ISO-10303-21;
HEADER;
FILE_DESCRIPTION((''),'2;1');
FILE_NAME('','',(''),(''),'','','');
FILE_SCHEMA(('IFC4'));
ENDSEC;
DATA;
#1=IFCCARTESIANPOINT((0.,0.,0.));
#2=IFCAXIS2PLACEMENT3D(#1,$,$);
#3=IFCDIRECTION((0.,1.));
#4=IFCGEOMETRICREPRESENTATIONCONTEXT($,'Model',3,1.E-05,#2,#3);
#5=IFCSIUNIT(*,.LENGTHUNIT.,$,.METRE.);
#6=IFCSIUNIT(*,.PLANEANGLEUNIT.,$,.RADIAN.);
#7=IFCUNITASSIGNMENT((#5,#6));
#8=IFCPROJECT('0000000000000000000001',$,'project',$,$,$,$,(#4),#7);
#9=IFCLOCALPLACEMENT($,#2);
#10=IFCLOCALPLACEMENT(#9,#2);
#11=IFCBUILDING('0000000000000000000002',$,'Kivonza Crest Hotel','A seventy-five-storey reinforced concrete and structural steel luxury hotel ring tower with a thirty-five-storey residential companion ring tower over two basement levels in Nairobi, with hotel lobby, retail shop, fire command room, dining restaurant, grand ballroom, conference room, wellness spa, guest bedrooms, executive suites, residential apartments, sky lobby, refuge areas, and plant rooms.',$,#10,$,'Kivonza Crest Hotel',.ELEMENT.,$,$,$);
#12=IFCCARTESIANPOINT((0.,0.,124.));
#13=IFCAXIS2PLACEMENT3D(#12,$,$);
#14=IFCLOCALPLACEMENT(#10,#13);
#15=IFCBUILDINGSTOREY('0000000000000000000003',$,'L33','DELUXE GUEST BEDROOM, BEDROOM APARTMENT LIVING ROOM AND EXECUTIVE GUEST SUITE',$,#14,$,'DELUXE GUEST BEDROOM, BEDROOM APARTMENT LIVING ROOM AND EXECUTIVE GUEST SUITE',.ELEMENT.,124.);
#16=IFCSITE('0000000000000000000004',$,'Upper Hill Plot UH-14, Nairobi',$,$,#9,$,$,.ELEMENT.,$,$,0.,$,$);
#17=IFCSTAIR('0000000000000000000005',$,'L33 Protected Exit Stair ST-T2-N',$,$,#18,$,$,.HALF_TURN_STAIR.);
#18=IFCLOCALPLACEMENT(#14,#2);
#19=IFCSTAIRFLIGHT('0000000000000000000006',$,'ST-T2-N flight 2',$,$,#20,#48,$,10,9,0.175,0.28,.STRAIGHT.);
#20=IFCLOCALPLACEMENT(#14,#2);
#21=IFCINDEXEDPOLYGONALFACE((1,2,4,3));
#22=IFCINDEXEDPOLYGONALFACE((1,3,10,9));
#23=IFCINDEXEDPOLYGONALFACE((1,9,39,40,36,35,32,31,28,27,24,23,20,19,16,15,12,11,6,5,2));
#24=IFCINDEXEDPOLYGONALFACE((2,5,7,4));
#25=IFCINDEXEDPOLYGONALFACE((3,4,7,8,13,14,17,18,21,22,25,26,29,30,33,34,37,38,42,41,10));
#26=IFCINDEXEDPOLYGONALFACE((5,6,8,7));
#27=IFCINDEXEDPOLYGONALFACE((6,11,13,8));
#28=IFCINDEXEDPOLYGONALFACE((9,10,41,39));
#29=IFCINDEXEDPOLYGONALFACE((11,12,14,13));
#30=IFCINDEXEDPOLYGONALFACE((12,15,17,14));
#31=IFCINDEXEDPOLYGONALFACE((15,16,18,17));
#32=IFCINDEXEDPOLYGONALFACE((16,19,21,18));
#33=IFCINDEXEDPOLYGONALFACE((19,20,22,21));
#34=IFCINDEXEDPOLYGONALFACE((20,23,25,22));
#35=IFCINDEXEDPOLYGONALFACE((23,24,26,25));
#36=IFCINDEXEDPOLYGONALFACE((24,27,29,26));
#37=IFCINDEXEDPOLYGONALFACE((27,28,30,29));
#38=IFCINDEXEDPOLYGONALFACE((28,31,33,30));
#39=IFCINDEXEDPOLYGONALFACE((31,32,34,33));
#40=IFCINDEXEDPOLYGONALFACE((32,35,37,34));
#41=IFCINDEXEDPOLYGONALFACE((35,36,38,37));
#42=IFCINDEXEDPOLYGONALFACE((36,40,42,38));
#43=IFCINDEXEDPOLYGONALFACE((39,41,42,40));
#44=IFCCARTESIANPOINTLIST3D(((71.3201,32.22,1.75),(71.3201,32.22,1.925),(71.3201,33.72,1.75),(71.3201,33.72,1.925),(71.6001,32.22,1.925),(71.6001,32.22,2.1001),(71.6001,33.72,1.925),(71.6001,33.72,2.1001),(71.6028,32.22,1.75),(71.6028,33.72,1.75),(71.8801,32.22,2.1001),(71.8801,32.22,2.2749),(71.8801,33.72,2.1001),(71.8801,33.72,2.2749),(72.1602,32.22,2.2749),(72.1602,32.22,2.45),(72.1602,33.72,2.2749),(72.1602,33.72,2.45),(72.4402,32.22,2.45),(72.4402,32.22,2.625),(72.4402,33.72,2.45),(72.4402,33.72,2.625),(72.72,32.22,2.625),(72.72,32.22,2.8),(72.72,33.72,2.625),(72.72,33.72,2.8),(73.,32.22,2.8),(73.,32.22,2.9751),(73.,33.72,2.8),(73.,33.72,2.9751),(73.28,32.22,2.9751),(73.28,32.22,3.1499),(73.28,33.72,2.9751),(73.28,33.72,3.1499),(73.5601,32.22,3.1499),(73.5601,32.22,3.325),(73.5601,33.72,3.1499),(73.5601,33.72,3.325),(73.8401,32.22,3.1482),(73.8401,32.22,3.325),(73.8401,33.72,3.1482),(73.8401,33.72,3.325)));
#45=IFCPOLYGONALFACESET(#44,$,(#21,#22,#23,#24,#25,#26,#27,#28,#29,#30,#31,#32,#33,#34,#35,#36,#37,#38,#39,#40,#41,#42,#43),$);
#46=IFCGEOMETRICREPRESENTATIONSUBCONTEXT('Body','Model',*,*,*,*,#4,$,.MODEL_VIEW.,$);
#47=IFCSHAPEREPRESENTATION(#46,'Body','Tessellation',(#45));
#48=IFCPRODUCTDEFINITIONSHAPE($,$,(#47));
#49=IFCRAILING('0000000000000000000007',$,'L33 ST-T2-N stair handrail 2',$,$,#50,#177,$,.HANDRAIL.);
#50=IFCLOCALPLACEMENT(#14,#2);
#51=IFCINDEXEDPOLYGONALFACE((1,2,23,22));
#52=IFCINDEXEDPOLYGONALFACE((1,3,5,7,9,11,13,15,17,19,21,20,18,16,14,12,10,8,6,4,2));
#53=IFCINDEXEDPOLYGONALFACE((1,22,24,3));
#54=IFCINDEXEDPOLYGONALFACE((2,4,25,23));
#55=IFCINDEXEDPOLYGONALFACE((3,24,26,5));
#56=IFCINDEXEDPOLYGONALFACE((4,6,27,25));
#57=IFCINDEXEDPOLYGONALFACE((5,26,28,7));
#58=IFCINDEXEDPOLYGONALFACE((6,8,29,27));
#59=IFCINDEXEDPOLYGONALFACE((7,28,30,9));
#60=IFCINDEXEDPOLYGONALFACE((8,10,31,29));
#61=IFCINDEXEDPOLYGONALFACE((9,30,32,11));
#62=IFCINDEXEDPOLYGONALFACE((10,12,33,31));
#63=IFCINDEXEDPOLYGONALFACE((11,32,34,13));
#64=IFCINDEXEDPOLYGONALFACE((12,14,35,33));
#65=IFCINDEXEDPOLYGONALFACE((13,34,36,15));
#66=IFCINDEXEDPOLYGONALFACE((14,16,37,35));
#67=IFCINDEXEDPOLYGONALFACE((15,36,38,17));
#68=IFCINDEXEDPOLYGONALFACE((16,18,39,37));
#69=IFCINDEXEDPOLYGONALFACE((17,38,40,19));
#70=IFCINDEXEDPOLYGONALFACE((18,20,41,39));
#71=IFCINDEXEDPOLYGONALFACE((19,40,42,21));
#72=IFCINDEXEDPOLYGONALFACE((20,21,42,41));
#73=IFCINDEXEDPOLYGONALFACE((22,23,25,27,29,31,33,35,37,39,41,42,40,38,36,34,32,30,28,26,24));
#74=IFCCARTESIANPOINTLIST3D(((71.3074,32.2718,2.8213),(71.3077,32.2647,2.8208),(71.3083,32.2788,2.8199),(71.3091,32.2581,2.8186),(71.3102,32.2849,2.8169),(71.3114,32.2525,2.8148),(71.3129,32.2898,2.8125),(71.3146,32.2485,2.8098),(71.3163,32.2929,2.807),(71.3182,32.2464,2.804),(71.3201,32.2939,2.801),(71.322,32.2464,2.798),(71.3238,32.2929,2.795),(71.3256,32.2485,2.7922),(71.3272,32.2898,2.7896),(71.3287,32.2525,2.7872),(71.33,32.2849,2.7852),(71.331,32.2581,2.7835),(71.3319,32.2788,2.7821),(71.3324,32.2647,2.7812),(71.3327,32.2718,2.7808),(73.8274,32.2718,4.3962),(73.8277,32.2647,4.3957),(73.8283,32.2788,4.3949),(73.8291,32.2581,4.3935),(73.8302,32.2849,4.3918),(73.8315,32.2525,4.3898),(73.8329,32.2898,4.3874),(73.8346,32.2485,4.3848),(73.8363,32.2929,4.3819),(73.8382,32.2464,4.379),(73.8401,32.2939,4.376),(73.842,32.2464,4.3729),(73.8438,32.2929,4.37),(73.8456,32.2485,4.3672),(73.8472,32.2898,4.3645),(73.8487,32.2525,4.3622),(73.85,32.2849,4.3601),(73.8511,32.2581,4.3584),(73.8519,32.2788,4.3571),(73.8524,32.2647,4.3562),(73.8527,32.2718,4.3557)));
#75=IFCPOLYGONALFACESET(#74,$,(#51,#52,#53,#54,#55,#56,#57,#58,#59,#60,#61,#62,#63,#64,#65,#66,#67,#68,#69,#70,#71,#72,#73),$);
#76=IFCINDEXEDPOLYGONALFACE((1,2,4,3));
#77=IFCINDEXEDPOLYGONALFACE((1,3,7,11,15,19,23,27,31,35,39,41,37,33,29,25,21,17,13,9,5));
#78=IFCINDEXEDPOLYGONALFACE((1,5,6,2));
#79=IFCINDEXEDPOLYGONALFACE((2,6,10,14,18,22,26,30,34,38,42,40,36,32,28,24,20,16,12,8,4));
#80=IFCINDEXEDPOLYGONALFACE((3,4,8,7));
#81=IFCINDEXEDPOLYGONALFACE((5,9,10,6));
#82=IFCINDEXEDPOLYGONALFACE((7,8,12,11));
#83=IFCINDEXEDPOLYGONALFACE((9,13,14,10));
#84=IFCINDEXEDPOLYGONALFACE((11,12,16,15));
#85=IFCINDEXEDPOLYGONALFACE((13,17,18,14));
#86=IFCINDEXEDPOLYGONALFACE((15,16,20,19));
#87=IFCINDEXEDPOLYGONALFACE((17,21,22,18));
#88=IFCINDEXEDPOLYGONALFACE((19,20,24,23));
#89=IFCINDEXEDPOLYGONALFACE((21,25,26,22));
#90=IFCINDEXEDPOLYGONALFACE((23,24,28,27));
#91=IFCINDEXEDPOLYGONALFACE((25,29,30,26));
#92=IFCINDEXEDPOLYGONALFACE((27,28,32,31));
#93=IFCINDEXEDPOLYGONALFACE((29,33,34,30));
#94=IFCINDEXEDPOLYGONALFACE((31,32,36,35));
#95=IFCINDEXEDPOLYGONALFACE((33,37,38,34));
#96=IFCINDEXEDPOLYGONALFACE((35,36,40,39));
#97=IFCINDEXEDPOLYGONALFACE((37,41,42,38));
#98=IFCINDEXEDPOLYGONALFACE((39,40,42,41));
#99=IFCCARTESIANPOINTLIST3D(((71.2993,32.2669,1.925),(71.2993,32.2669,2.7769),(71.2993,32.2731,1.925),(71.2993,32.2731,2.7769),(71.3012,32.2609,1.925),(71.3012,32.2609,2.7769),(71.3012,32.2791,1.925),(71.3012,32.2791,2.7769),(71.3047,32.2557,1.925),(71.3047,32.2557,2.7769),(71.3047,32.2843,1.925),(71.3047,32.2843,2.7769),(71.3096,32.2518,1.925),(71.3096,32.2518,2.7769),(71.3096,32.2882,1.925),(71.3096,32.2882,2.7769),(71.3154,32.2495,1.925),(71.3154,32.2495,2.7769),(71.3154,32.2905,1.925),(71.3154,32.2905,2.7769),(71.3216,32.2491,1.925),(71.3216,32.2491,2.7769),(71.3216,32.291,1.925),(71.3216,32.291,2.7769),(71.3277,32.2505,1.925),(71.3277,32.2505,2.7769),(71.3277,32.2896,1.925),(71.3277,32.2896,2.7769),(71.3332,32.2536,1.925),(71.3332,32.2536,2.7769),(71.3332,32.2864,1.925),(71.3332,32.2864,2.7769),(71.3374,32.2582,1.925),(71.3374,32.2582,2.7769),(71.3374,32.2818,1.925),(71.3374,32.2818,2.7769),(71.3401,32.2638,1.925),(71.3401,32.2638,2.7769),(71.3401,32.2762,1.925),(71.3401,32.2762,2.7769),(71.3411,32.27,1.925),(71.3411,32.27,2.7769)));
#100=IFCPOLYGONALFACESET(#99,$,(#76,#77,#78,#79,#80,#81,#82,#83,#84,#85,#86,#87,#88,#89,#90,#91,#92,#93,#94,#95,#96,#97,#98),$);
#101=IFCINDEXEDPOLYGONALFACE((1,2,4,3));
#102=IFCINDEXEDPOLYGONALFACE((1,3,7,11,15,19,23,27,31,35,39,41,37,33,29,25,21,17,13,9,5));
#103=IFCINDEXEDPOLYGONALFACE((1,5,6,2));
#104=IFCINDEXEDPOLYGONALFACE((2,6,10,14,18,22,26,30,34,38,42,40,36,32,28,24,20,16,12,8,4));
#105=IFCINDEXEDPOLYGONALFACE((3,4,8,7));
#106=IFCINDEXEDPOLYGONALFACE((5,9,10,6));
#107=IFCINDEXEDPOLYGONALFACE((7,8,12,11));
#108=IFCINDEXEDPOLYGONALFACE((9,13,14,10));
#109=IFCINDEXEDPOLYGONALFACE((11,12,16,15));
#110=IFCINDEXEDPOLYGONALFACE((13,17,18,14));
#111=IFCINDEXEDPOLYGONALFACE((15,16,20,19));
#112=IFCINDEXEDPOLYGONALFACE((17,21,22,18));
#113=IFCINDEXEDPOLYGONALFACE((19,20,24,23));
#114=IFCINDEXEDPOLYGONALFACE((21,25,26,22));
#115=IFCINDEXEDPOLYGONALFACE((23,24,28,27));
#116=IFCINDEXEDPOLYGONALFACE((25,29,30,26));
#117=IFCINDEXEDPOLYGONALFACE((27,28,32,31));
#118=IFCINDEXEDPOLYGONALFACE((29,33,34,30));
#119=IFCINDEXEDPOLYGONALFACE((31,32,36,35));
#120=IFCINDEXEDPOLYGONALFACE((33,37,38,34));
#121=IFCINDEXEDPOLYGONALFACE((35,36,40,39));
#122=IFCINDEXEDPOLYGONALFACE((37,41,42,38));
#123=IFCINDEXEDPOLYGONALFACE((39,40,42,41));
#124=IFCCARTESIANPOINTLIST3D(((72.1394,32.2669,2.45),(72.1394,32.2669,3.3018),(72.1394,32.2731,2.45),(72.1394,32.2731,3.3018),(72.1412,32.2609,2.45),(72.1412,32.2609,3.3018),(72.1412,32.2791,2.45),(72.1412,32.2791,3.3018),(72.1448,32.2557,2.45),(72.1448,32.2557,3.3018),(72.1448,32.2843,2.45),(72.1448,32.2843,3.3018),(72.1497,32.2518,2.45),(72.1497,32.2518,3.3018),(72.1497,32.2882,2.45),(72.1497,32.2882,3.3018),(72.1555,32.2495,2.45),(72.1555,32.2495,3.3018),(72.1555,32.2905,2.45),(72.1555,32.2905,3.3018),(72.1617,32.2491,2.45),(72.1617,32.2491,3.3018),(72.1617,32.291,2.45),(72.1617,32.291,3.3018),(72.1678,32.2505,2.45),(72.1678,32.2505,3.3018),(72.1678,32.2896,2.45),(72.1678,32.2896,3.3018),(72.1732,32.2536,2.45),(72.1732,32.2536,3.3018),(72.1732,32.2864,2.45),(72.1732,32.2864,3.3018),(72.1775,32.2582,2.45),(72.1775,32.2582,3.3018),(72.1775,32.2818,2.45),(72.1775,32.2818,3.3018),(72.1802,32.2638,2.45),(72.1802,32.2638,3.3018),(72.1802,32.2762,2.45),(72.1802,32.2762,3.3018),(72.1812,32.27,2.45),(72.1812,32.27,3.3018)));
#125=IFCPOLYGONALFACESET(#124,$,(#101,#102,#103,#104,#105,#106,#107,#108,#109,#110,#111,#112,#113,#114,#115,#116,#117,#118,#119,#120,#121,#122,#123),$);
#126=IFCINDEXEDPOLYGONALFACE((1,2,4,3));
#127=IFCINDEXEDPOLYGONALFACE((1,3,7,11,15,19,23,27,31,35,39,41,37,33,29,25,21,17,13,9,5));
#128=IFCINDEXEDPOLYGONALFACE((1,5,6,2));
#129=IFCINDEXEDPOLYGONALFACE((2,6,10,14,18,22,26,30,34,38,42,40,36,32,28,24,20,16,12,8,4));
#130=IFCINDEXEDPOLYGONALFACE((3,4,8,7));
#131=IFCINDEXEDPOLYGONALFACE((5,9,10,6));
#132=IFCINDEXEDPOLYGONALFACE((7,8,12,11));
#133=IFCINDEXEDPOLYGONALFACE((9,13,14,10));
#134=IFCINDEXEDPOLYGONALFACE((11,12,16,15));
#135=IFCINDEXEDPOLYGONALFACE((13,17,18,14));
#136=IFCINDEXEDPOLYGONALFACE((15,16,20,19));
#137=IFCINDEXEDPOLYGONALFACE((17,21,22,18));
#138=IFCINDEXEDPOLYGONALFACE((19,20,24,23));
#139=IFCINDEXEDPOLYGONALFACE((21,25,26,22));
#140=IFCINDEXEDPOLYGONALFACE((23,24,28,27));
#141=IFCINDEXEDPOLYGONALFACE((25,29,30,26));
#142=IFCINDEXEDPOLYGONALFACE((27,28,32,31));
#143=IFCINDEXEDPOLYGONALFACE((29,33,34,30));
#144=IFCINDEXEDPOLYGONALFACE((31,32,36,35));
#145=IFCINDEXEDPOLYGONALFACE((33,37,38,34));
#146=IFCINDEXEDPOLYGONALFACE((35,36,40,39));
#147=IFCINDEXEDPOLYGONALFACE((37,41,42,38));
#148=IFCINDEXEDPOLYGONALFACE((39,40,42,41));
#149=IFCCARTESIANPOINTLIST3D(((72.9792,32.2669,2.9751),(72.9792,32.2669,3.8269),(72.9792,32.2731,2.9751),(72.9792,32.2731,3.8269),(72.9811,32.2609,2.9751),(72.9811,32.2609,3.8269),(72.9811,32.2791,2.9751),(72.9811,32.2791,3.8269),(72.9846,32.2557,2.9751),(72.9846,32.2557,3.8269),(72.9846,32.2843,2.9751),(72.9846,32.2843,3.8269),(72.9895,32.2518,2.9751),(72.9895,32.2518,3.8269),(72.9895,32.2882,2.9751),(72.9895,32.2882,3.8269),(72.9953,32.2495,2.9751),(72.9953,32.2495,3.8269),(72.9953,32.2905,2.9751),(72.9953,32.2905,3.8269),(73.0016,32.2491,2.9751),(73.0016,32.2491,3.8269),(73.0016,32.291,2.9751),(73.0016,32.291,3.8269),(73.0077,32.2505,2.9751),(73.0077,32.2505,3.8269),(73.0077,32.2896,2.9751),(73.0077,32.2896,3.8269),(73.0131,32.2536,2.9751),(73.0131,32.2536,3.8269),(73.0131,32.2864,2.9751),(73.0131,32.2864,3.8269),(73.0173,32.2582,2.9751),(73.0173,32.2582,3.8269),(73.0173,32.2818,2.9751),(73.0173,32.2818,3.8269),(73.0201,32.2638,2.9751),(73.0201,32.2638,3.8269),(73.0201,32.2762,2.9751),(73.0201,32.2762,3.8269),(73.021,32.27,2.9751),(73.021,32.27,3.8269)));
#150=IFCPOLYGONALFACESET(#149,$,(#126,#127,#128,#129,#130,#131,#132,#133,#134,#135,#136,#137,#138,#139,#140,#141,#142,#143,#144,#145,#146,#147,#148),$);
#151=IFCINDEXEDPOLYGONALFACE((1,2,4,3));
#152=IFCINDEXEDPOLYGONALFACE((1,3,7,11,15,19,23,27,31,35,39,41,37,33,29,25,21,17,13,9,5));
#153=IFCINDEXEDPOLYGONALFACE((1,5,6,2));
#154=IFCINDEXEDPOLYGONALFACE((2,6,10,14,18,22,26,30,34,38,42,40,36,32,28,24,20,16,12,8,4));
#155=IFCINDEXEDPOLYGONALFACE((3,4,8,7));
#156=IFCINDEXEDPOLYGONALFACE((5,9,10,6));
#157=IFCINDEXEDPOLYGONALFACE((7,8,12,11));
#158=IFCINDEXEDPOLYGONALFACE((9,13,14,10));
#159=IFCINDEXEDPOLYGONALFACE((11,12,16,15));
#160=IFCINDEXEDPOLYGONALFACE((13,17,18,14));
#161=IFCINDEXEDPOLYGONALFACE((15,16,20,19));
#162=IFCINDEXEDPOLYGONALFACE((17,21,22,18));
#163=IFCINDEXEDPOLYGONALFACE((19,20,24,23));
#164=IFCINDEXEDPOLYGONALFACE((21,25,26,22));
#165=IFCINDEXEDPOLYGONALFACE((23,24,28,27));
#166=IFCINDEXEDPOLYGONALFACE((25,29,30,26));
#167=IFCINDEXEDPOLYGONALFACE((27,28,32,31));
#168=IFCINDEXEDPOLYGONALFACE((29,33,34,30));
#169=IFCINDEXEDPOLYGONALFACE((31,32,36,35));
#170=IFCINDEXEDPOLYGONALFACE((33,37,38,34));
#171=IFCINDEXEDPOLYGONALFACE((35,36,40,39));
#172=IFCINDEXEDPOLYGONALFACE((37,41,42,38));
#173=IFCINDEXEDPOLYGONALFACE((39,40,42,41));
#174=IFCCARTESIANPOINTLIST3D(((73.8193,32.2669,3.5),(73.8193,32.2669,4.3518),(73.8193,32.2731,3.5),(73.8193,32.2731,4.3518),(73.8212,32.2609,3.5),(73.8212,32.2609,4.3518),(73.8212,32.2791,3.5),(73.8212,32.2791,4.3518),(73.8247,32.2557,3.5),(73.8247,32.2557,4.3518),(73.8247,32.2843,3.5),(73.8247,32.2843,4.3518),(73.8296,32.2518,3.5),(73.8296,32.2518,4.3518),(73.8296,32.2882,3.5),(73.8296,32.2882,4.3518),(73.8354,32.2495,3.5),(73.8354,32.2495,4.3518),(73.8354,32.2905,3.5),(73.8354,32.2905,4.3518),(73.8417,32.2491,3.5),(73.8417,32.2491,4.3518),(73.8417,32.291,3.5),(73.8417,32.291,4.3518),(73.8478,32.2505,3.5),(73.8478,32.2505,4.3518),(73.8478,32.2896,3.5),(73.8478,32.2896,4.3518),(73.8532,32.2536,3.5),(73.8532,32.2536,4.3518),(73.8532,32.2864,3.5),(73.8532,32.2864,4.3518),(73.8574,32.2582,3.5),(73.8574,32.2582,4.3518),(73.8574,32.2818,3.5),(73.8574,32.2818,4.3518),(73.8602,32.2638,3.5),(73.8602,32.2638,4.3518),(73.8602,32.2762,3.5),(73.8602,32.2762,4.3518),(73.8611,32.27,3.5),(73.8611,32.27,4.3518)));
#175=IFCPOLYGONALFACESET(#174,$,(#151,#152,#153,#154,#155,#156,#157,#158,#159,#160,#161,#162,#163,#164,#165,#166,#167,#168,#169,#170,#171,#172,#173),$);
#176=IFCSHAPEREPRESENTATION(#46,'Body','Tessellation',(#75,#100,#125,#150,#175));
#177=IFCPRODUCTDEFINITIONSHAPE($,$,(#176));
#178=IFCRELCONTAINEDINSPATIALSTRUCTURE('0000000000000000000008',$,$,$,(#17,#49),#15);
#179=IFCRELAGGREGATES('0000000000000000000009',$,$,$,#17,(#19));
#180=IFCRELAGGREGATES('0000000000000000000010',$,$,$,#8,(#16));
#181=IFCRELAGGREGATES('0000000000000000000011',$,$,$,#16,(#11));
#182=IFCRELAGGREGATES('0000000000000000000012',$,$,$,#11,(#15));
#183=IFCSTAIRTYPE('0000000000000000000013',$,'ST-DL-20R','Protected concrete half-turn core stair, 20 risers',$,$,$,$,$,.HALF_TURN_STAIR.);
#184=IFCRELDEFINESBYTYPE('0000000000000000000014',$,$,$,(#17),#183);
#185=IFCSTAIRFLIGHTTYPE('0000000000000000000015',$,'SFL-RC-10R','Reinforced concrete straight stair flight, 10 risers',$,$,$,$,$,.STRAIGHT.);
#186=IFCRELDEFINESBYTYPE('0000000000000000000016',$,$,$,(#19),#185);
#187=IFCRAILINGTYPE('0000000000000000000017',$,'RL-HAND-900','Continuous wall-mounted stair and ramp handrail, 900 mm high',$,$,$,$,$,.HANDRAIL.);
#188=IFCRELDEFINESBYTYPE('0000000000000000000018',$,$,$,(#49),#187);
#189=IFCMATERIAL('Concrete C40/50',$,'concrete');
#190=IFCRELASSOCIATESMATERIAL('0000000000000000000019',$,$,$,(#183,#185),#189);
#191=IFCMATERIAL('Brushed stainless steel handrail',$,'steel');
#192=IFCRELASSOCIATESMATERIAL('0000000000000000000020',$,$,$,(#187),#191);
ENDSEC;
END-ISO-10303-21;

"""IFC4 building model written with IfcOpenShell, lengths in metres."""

from ifc_helpers import new_model, si_unit, direction, frame, origin, origin_2d, place, context, subcontext, project, spatial, polyline, circle, outline, extrude, material, type_object, element, aggregate, save


model = new_model("IFC4")

# Units and contexts
model_context = context("Model", 3, precision=1e-05, world=origin(), true_north=direction((0.0, 1.0)))
body_context = subcontext(model_context, "Body", "Model", "MODEL_VIEW")
ifc_project = project(units=[si_unit("LENGTHUNIT", "METRE"), si_unit("PLANEANGLEUNIT", "RADIAN")], contexts=[model_context])

# Site, building, storey
site_placement = place(None, origin())
site = spatial("IfcSite", under=ifc_project, at=site_placement, Name="Upper Hill Plot UH-14, Nairobi", CompositionType="ELEMENT", RefElevation=0.0)
building_placement = place(site_placement, origin())
building = spatial("IfcBuilding", under=site, at=building_placement, Name="Kivonza Crest Hotel", Description="A seventy-five-storey reinforced concrete and structural steel luxury hotel ring tower with a thirty-five-storey residential companion ring tower over two basement levels in Nairobi, with hotel lobby, retail shop, fire command room, dining restaurant, grand ballroom, conference room, wellness spa, guest bedrooms, executive suites, residential apartments, sky lobby, refuge areas, and plant rooms.", LongName="Kivonza Crest Hotel", CompositionType="ELEMENT")
storey_placement = place(building_placement, frame((0.0, 0.0, 124.0)))
storey = spatial("IfcBuildingStorey", under=building, at=storey_placement, Name="L33", Description="DELUXE GUEST BEDROOM, BEDROOM APARTMENT LIVING ROOM AND EXECUTIVE GUEST SUITE", LongName="DELUXE GUEST BEDROOM, BEDROOM APARTMENT LIVING ROOM AND EXECUTIVE GUEST SUITE", CompositionType="ELEMENT", Elevation=124.0)

# Stair, stair flight
ifc_material_1 = material(Name="Concrete C40/50", Category="concrete")
stair_type = type_object("IfcStairType", Name="ST-DL-20R", Description="Protected concrete half-turn core stair, 20 risers", PredefinedType="HALF_TURN_STAIR", material=ifc_material_1)
stair_placement = place(storey_placement, origin())
stair = element("IfcStair", 1, at=stair_placement, inside=storey, type_object=stair_type, Name="L33 Protected Exit Stair ST-T2-N", PredefinedType="HALF_TURN_STAIR")
stair_flight_type = type_object("IfcStairFlightType", Name="SFL-RC-10R", Description="Reinforced concrete straight stair flight, 10 risers", PredefinedType="STRAIGHT", material=ifc_material_1)
stair_flight_placement = place(storey_placement, frame((71.3201, 32.97, 1.75), z_axis=(0.0, 0.0, 1.0), x_axis=(1.0, 0.0, 0.0)))
stair_flight = element("IfcStairFlight", 2, at=stair_flight_placement, type_object=stair_flight_type, Name="ST-T2-N flight 2", NumberOfRisers=10, NumberOfTreads=9, PredefinedType="STRAIGHT", RiserHeight=0.175, TreadLength=0.28, context=body_context, shape_type="SweptSolid", body=[
    extrude(outline(polyline([(0.0, 0.0), (0.0, 0.175), (0.28, 0.175), (0.28, 0.3501), (0.5601, 0.3501), (0.5601, 0.5249), (0.8401, 0.5249), (0.8401, 0.7), (1.1201, 0.7), (1.1201, 0.875), (1.3999, 0.875), (1.3999, 1.05), (1.6799, 1.05), (1.6799, 1.2251), (1.96, 1.2251), (1.96, 1.3999), (2.24, 1.3999), (2.24, 1.575), (2.52, 1.575), (2.52, 1.75), (2.52, 1.3982), (0.2827, 0.0), (0.0, 0.0)])), frame((0.0, 0.75, 0.0), z_axis=(0.0, -1.0, 0.0), x_axis=(1.0, 0.0, 0.0)), (0.0, 0.0, 1.0), 1.5),
])
aggregate(stair, [stair_flight])

# Railing
ifc_material_2 = material(Name="Brushed stainless steel handrail", Category="steel")
railing_type_1 = type_object("IfcRailingType", Name="RL-HAND-900", Description="Continuous wall-mounted stair and ramp handrail, 900 mm high", PredefinedType="HANDRAIL", material=ifc_material_2)
railing_1_placement = place(storey_placement, frame((71.3201, 32.27, 1.925)))
element("IfcRailing", 3, at=railing_1_placement, inside=storey, type_object=railing_type_1, Name="L33 ST-T2-N stair handrail 2", PredefinedType="HANDRAIL", context=body_context, shape_type="SweptSolid", body=[
    extrude(circle(Radius=0.0239, at=origin_2d()), frame((0.0, 0.0, 0.876), z_axis=(0.848008, 0.0, 0.529984), x_axis=(0.0, 1.0, 0.0)), (0.0, 0.0, 1.0), 2.9717),
    extrude(circle(Radius=0.021, at=origin_2d()), origin(), (0.0, 0.0, 1.0), 0.8518),
    extrude(circle(Radius=0.021, at=origin_2d()), frame((0.8401, 0.0, 0.5249)), (0.0, 0.0, 1.0), 0.8518),
    extrude(circle(Radius=0.021, at=origin_2d()), frame((1.6799, 0.0, 1.05)), (0.0, 0.0, 1.0), 0.8518),
    extrude(circle(Radius=0.021, at=origin_2d()), frame((2.52, 0.0, 1.575)), (0.0, 0.0, 1.0), 0.8518),
])

save(model, "model.ifc")
